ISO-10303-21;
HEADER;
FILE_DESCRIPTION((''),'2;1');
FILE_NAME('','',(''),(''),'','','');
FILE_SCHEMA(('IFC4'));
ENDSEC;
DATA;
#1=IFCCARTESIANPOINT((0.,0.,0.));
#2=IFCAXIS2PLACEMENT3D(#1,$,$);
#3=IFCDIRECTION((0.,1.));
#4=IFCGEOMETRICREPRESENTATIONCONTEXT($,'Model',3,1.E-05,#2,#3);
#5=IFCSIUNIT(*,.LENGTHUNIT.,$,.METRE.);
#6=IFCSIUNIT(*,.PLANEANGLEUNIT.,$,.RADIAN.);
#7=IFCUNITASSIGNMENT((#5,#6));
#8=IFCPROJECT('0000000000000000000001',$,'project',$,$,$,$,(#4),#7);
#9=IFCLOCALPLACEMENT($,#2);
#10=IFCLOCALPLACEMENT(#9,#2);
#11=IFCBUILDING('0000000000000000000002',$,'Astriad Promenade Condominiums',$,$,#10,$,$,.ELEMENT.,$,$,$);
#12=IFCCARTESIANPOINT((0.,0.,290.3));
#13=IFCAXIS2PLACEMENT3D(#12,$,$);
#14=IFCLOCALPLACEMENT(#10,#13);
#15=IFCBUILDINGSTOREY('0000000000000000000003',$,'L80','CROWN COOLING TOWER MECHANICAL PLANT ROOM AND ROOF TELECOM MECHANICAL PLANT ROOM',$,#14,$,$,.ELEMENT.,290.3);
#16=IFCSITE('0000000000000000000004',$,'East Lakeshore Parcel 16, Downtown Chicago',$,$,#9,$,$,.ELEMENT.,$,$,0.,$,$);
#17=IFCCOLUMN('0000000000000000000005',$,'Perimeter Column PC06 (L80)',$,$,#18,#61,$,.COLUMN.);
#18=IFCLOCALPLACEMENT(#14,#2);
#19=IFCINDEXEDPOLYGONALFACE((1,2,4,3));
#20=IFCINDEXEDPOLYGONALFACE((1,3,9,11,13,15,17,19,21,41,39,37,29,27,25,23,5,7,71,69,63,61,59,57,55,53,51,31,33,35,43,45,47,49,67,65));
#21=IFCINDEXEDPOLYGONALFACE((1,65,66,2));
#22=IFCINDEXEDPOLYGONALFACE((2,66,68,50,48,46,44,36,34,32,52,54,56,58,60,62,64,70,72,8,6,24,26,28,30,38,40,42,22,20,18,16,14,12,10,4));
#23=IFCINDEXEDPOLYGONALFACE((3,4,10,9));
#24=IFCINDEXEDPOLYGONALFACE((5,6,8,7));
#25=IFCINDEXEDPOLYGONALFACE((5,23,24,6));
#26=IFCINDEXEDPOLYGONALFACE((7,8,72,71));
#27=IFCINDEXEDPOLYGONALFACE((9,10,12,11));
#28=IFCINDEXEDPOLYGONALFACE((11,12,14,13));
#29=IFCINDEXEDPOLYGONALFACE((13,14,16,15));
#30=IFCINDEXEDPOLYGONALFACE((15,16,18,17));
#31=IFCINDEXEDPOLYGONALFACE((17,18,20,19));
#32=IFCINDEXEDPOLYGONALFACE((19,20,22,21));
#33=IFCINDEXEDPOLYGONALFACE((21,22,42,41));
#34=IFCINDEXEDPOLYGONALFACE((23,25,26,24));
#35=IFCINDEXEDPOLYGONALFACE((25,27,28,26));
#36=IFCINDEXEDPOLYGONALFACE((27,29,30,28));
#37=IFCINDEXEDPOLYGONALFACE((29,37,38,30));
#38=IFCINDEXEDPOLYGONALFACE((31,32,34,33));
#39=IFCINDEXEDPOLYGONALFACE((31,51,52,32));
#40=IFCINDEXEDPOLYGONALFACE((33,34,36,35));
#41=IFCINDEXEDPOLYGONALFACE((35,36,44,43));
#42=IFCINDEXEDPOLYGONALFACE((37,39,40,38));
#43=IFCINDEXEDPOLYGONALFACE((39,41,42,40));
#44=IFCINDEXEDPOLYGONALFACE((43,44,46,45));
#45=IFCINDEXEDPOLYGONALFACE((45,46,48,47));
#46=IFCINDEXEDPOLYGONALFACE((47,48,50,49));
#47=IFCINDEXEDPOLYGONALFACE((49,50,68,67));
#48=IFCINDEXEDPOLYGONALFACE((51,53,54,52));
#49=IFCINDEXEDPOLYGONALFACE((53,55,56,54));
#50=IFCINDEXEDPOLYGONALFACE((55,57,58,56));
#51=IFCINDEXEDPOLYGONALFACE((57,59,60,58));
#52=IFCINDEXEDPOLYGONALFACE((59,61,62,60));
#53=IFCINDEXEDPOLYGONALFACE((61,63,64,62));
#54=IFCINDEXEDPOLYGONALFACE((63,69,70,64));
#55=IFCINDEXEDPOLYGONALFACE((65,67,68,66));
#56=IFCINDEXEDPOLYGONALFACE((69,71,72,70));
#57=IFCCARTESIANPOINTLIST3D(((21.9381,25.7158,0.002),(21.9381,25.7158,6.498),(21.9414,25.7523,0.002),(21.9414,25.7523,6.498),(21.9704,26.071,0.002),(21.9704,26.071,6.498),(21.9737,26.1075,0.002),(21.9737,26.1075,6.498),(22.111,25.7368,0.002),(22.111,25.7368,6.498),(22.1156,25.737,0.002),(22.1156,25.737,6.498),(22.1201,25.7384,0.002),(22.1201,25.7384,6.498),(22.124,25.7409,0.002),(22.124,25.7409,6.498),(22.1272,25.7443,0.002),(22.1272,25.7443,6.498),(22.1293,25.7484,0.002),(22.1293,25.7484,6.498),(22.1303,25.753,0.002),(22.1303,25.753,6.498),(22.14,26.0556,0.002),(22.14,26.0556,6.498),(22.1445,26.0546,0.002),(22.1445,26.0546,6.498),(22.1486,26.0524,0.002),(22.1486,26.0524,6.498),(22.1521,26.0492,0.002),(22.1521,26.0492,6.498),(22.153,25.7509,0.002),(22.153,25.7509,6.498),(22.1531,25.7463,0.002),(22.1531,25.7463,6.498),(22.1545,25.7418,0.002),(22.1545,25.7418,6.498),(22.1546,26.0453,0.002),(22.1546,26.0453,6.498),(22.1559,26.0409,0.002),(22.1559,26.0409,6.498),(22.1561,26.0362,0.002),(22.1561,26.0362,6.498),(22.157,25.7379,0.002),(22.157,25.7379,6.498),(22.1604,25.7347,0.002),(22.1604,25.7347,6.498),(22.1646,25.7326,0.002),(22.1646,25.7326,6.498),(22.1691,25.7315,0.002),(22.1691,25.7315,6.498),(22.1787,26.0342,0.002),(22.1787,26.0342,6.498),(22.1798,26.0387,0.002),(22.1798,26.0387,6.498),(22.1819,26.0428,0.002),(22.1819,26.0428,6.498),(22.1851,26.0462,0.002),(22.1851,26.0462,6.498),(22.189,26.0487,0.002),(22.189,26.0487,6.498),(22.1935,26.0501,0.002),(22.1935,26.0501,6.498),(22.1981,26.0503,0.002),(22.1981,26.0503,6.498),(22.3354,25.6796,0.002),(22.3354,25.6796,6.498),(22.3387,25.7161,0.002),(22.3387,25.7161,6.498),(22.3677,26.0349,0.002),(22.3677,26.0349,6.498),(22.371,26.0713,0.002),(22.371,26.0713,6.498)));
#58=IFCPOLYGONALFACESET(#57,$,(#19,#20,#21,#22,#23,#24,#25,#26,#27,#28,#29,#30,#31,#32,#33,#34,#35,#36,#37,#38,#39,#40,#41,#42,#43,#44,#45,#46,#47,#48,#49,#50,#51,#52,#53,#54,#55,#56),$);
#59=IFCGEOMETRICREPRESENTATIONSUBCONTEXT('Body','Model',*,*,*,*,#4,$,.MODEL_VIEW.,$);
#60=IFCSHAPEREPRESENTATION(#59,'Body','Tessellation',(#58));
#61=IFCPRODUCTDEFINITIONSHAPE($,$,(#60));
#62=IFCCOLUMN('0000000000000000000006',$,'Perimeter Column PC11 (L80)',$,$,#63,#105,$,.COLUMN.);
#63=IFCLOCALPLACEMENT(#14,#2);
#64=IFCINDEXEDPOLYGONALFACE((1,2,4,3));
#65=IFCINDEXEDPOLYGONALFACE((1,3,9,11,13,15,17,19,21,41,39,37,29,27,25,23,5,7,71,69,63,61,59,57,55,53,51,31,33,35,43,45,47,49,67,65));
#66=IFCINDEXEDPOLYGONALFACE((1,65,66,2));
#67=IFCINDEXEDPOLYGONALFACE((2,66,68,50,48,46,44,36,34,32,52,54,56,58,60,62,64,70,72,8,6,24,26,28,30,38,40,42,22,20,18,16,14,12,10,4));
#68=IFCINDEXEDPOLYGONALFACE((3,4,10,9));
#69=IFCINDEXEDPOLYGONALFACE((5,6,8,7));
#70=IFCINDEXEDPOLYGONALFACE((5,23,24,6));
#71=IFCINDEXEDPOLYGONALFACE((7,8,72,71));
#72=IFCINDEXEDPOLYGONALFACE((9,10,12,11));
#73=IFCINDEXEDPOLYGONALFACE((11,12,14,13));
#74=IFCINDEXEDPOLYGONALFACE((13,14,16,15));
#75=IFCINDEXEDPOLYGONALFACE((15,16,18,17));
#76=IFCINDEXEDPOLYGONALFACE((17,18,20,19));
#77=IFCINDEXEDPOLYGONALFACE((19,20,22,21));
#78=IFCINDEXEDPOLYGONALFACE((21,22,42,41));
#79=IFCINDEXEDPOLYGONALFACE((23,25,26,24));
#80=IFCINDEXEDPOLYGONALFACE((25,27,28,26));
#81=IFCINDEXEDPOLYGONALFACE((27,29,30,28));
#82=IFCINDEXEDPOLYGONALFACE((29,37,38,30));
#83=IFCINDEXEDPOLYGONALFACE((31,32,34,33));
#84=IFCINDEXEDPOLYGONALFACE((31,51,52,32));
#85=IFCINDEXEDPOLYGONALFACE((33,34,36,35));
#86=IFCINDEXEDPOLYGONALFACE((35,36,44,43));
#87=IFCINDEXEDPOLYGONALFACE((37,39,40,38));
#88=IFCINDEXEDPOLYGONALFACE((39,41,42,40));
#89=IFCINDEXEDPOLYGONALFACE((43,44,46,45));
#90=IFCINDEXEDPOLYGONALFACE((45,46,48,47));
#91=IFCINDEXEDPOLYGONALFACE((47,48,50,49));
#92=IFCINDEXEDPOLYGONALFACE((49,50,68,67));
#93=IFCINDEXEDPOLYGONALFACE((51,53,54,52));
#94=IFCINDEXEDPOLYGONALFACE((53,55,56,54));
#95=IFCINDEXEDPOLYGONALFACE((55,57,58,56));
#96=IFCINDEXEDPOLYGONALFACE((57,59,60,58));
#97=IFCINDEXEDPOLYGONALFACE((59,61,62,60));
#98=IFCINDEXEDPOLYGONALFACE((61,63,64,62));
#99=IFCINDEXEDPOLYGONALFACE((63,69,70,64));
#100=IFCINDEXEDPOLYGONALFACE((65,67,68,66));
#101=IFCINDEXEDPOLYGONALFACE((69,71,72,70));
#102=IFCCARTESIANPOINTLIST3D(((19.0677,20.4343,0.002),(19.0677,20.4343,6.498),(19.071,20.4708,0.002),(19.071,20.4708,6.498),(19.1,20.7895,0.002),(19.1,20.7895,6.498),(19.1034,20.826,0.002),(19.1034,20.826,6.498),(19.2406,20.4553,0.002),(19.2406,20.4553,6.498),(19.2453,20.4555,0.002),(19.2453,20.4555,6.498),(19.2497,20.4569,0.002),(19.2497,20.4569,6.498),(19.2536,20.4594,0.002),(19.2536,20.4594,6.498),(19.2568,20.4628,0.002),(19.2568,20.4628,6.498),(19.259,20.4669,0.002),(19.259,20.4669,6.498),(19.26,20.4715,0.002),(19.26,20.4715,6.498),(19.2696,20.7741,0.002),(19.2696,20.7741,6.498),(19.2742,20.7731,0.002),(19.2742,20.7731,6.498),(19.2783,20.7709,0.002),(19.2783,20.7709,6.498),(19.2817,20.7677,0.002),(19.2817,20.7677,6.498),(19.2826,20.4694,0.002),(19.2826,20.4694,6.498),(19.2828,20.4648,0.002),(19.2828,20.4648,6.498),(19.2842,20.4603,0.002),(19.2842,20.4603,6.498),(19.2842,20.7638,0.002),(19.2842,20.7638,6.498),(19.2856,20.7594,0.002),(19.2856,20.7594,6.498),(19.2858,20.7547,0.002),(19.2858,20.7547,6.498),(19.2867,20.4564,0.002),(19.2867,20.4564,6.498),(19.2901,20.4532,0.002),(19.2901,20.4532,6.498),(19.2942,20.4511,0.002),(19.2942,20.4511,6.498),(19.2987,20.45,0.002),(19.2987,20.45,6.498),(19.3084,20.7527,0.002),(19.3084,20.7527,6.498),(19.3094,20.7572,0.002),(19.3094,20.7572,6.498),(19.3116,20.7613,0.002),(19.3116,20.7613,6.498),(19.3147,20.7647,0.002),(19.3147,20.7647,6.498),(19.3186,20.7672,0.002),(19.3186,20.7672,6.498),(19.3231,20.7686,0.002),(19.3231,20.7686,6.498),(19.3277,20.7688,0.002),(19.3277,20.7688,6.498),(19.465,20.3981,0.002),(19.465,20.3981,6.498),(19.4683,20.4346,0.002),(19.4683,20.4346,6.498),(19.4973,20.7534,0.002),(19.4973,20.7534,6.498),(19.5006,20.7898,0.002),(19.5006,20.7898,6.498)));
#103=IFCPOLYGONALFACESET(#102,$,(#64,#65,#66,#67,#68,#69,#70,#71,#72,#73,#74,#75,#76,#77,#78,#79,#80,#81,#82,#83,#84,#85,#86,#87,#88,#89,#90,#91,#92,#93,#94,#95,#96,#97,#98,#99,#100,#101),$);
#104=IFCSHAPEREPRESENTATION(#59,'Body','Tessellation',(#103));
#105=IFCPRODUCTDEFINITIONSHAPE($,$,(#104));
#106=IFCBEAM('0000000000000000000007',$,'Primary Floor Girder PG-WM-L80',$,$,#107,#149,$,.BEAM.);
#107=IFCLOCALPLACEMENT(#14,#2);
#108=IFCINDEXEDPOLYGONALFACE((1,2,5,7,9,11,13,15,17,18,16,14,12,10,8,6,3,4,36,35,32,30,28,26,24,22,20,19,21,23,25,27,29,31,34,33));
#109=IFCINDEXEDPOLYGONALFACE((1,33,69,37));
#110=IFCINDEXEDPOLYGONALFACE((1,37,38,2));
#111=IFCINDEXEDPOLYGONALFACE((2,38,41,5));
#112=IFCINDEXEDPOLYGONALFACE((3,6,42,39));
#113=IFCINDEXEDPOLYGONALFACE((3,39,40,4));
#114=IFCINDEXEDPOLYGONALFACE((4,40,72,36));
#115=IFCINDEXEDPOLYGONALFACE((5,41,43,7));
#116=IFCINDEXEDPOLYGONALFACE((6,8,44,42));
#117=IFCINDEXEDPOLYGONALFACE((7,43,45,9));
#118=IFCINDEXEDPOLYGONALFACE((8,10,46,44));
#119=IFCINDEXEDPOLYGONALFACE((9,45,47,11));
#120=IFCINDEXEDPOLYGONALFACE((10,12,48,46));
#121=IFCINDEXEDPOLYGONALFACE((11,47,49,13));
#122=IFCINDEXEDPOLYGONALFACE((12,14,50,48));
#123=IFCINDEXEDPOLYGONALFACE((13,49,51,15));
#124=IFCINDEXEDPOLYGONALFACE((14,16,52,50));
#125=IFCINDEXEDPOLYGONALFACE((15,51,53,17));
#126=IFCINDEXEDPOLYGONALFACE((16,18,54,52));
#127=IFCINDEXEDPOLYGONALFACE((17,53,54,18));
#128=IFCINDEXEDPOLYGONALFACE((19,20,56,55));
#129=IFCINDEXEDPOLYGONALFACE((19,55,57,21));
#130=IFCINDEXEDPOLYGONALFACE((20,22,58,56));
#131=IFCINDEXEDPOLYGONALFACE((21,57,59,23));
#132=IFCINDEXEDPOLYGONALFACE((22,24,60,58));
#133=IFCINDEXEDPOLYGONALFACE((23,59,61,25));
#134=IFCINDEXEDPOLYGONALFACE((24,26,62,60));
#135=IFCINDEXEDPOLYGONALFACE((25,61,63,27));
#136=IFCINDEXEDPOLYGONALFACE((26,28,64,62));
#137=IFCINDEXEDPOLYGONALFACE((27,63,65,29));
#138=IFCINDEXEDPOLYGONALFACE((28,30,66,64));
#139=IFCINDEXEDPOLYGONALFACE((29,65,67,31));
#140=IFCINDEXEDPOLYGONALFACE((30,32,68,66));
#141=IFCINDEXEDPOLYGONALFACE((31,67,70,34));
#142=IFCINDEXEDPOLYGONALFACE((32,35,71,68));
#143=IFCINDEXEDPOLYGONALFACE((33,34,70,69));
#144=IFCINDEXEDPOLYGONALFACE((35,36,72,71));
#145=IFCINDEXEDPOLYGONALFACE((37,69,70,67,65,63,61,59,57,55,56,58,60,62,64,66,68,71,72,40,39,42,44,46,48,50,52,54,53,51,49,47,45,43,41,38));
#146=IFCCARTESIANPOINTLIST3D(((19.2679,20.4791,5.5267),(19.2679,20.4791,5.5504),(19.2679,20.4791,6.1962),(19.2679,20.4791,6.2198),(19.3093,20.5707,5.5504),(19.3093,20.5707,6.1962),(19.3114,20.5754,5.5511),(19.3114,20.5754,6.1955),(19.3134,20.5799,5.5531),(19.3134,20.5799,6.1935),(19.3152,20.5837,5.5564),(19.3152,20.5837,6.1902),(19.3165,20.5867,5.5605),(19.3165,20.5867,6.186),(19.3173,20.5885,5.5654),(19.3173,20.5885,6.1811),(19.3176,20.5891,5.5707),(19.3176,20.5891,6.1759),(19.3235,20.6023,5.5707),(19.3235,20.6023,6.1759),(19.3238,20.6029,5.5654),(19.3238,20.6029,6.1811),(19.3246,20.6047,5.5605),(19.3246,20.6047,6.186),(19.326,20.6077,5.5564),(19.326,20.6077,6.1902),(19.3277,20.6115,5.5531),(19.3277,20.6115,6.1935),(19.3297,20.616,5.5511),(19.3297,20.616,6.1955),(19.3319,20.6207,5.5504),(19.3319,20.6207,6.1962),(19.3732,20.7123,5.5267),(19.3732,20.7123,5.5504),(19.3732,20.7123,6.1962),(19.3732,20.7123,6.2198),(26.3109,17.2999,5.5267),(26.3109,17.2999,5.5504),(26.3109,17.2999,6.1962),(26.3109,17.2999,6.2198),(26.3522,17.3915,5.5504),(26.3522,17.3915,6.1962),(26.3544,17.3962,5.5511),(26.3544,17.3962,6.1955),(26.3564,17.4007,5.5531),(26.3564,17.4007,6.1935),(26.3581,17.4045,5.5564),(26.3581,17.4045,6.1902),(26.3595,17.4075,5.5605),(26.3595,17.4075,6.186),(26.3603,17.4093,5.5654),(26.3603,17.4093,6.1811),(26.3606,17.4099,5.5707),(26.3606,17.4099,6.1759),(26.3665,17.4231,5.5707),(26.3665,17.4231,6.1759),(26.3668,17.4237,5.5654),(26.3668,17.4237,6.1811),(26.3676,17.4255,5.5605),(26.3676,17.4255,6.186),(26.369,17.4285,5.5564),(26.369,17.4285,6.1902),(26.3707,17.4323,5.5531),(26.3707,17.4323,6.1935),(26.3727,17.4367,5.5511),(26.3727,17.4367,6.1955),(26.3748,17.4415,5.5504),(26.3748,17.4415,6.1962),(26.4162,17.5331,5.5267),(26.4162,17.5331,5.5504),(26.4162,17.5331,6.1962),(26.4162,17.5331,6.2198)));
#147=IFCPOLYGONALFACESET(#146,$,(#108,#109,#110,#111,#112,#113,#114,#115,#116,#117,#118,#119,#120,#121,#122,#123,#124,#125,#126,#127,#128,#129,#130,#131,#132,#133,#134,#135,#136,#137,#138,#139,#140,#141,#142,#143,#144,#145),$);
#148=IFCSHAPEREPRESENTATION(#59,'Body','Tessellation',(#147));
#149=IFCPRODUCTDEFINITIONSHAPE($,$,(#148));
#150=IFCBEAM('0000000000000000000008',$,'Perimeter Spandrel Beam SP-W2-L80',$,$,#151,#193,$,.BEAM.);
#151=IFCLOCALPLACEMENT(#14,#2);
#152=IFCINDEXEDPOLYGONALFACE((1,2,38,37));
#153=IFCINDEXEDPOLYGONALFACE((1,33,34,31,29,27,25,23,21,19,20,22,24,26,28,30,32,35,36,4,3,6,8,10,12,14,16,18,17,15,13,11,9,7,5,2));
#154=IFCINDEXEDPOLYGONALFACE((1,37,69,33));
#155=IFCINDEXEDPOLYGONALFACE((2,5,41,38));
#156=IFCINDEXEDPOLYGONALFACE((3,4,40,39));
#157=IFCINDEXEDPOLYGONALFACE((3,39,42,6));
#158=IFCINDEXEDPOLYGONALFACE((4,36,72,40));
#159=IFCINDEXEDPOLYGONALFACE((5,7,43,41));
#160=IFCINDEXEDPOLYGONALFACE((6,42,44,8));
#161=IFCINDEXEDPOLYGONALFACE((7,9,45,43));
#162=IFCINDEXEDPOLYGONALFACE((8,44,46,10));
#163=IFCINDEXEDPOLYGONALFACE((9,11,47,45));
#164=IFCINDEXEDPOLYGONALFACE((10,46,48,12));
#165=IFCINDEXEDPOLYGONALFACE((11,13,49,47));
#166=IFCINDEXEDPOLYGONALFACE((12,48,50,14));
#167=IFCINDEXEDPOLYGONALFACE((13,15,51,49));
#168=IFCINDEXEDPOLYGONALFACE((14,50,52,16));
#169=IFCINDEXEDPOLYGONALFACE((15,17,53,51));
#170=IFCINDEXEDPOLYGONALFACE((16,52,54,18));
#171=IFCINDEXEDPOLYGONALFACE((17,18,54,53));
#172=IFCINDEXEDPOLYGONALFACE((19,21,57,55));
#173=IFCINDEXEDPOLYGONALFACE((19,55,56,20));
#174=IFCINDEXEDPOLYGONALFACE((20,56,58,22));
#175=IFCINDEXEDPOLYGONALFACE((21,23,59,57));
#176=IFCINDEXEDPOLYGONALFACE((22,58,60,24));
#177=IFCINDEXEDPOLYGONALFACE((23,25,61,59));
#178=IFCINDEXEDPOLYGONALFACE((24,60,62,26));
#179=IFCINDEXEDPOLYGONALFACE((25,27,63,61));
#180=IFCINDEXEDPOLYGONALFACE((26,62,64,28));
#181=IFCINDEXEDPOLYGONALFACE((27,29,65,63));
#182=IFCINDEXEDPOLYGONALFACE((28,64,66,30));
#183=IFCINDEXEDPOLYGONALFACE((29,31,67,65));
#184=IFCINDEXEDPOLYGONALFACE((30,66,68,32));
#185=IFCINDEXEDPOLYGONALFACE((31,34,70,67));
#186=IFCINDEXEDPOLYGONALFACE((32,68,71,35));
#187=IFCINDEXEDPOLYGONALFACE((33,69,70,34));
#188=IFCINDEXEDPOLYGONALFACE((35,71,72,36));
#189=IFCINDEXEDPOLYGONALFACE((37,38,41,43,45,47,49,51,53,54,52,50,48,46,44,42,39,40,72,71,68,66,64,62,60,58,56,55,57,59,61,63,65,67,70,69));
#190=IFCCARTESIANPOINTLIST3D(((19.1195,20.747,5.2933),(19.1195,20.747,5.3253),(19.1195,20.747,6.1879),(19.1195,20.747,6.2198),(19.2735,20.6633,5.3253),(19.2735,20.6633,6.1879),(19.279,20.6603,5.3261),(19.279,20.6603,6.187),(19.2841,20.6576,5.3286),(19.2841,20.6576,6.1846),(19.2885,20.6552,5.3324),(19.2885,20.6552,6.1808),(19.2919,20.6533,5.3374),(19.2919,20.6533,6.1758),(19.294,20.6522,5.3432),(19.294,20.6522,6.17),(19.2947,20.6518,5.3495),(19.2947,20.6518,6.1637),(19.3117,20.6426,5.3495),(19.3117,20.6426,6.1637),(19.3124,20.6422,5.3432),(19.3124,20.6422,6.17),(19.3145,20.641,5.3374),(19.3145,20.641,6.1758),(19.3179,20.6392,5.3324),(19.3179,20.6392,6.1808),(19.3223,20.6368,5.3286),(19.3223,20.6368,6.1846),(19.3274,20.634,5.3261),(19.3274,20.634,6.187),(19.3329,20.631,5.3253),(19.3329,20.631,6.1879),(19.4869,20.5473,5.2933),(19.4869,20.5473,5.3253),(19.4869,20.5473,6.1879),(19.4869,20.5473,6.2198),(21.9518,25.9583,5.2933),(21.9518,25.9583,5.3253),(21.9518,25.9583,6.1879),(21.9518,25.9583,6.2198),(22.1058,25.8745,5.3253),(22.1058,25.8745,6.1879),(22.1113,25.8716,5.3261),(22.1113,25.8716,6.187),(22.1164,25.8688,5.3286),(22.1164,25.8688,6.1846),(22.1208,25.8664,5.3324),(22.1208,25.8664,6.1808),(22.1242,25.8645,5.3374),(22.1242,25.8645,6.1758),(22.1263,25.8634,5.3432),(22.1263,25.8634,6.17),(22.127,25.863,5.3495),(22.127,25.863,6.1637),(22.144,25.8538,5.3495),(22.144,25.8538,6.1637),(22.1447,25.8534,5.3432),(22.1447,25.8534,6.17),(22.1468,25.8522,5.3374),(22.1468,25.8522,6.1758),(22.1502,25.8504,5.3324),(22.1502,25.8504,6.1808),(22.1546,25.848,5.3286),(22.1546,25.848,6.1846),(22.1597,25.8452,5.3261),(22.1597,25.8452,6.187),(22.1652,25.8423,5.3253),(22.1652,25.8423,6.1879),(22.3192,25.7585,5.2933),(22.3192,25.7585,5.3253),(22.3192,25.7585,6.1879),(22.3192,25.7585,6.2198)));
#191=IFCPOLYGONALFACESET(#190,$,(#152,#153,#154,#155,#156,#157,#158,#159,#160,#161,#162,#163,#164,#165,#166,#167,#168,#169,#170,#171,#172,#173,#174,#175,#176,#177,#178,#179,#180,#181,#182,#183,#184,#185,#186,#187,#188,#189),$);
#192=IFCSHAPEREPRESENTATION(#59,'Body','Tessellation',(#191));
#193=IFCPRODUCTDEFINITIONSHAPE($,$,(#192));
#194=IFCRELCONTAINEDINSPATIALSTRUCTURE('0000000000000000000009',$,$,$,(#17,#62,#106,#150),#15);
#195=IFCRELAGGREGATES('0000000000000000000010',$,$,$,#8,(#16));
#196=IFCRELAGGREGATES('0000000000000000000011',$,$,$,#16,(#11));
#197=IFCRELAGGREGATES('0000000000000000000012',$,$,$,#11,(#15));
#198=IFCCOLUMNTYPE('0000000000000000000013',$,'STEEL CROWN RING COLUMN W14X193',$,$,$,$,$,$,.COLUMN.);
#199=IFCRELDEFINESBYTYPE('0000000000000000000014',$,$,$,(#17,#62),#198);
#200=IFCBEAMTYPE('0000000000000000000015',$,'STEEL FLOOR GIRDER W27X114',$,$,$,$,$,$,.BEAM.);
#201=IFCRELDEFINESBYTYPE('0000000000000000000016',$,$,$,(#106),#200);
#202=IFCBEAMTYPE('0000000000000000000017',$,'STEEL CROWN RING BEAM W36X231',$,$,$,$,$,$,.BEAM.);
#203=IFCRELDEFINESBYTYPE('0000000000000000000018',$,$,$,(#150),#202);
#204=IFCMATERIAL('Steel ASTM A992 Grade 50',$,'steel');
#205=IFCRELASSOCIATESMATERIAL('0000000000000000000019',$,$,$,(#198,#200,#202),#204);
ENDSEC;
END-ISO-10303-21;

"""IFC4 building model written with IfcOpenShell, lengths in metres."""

from ifc_helpers import new_model, si_unit, direction, frame, origin, origin_2d, place, context, subcontext, project, spatial, i_section, extrude, source, transform, mapped, material, material_profile, profile_set, type_object, type_shapes, element, save


model = new_model("IFC4")

# Units and contexts
model_context = context("Model", 3, precision=1e-05, world=origin(), true_north=direction((0.0, 1.0)))
body_context = subcontext(model_context, "Body", "Model", "MODEL_VIEW")
ifc_project = project(units=[si_unit("LENGTHUNIT", "METRE"), si_unit("PLANEANGLEUNIT", "RADIAN")], contexts=[model_context])

# Site, building, storey
site_placement = place(None, origin())
site = spatial("IfcSite", under=ifc_project, at=site_placement, Name="East Lakeshore Parcel 16, Downtown Chicago", CompositionType="ELEMENT", RefElevation=0.0)
building_placement = place(site_placement, origin())
building = spatial("IfcBuilding", under=site, at=building_placement, Name="Astriad Promenade Condominiums", CompositionType="ELEMENT")
storey_placement = place(building_placement, frame((0.0, 0.0, 290.3)))
storey = spatial("IfcBuildingStorey", under=building, at=storey_placement, Name="L80", Description="CROWN COOLING TOWER MECHANICAL PLANT ROOM AND ROOF TELECOM MECHANICAL PLANT ROOM", CompositionType="ELEMENT", Elevation=290.3)

# Columns
ifc_material_1 = material(Name="Steel ASTM A992 Grade 50", Category="steel")
ifc_material_profile_1 = material_profile(ifc_material_1, i_section(OverallWidth=0.3989, OverallDepth=0.3933, WebThickness=0.0227, FlangeThickness=0.0366, FilletRadius=0.0178, at=origin_2d()), Name="W14X193")
ifc_profile_set_1 = profile_set([ifc_material_profile_1], Name="Steel ASTM A992 Grade 50")
column_type = type_object("IfcColumnType", Name="STEEL CROWN RING COLUMN W14X193", PredefinedType="COLUMN", material=ifc_profile_set_1)
shared_shape_1 = source(origin(), body_context, "Body", "SweptSolid", [
    extrude(i_section(OverallWidth=0.3989, OverallDepth=0.3933, WebThickness=0.0227, FlangeThickness=0.0366, FilletRadius=0.0178, at=origin_2d()), origin(), (0.0, 0.0, 1.0), 6.4961),
])
type_shapes(column_type, [shared_shape_1])
for number, where, z_axis, x_axis, name in (
    (1, (22.1545, 25.8936, 0.002), (0.0, 0.0, 1.0), (0.995884, -0.090633, 0.0), "Perimeter Column PC06 (L80)"),
    (2, (19.2842, 20.6121, 0.002), (0.0, 0.0, 1.0), (0.995884, -0.090633, 0.0), "Perimeter Column PC11 (L80)"),
):
    element("IfcColumn", number, at=place(storey_placement, frame(where, z_axis=z_axis, x_axis=x_axis)), inside=storey, type_object=column_type, Name=name, PredefinedType="COLUMN", context=body_context, shape_type="MappedRepresentation", body=[
        mapped(shared_shape_1, transform((0.0, 0.0, 0.0), scale=1.0)),
    ])

# Beams
ifc_material_profile_2 = material_profile(ifc_material_1, i_section(OverallWidth=0.2559, OverallDepth=0.6931, WebThickness=0.0144, FlangeThickness=0.0237, FilletRadius=0.0203, at=origin_2d()), Name="W27X114")
ifc_profile_set_2 = profile_set([ifc_material_profile_2], Name="Steel ASTM A992 Grade 50")
beam_type_1 = type_object("IfcBeamType", Name="STEEL FLOOR GIRDER W27X114", PredefinedType="BEAM", material=ifc_profile_set_2)
shared_shape_2 = source(origin(), body_context, "Body", "SweptSolid", [
    extrude(i_section(OverallWidth=0.2559, OverallDepth=0.6931, WebThickness=0.0144, FlangeThickness=0.0237, FilletRadius=0.0203, at=origin_2d()), origin(), (0.0, 0.0, 1.0), 7.7273),
])
type_shapes(beam_type_1, [shared_shape_2])
beam_1_placement = place(storey_placement, frame((19.3206, 20.5957, 5.8733), z_axis=(0.911443, -0.411426, 0.0), x_axis=(0.411426, 0.911443, 0.0)))
element("IfcBeam", 3, at=beam_1_placement, inside=storey, type_object=beam_type_1, Name="Primary Floor Girder PG-WM-L80", PredefinedType="BEAM", context=body_context, shape_type="MappedRepresentation", body=[
    mapped(shared_shape_2, transform((0.0, 0.0, 0.0), scale=1.0)),
])
ifc_material_profile_3 = material_profile(ifc_material_1, i_section(OverallWidth=0.4182, OverallDepth=0.9265, WebThickness=0.0193, FlangeThickness=0.032, FilletRadius=0.0242, at=origin_2d()), Name="W36X231")
ifc_profile_set_3 = profile_set([ifc_material_profile_3], Name="Steel ASTM A992 Grade 50")
beam_type_2 = type_object("IfcBeamType", Name="STEEL CROWN RING BEAM W36X231", PredefinedType="BEAM", material=ifc_profile_set_3)
shared_shape_3 = source(origin(), body_context, "Body", "SweptSolid", [
    extrude(i_section(OverallWidth=0.4182, OverallDepth=0.9265, WebThickness=0.0193, FlangeThickness=0.032, FilletRadius=0.0242, at=origin_2d()), origin(), (0.0, 0.0, 1.0), 5.9312),
])
beam_2_placement = place(storey_placement, frame((22.1355, 25.8584, 5.7566), z_axis=(-0.477528, -0.878617, 0.0), x_axis=(0.878617, -0.477528, 0.0)))
element("IfcBeam", 4, at=beam_2_placement, inside=storey, type_object=beam_type_2, Name="Perimeter Spandrel Beam SP-W2-L80", PredefinedType="BEAM", context=body_context, shape_type="MappedRepresentation", body=[
    mapped(shared_shape_3, transform((0.0, 0.0, 0.0), scale=1.0)),
])

save(model, "model.ifc")
